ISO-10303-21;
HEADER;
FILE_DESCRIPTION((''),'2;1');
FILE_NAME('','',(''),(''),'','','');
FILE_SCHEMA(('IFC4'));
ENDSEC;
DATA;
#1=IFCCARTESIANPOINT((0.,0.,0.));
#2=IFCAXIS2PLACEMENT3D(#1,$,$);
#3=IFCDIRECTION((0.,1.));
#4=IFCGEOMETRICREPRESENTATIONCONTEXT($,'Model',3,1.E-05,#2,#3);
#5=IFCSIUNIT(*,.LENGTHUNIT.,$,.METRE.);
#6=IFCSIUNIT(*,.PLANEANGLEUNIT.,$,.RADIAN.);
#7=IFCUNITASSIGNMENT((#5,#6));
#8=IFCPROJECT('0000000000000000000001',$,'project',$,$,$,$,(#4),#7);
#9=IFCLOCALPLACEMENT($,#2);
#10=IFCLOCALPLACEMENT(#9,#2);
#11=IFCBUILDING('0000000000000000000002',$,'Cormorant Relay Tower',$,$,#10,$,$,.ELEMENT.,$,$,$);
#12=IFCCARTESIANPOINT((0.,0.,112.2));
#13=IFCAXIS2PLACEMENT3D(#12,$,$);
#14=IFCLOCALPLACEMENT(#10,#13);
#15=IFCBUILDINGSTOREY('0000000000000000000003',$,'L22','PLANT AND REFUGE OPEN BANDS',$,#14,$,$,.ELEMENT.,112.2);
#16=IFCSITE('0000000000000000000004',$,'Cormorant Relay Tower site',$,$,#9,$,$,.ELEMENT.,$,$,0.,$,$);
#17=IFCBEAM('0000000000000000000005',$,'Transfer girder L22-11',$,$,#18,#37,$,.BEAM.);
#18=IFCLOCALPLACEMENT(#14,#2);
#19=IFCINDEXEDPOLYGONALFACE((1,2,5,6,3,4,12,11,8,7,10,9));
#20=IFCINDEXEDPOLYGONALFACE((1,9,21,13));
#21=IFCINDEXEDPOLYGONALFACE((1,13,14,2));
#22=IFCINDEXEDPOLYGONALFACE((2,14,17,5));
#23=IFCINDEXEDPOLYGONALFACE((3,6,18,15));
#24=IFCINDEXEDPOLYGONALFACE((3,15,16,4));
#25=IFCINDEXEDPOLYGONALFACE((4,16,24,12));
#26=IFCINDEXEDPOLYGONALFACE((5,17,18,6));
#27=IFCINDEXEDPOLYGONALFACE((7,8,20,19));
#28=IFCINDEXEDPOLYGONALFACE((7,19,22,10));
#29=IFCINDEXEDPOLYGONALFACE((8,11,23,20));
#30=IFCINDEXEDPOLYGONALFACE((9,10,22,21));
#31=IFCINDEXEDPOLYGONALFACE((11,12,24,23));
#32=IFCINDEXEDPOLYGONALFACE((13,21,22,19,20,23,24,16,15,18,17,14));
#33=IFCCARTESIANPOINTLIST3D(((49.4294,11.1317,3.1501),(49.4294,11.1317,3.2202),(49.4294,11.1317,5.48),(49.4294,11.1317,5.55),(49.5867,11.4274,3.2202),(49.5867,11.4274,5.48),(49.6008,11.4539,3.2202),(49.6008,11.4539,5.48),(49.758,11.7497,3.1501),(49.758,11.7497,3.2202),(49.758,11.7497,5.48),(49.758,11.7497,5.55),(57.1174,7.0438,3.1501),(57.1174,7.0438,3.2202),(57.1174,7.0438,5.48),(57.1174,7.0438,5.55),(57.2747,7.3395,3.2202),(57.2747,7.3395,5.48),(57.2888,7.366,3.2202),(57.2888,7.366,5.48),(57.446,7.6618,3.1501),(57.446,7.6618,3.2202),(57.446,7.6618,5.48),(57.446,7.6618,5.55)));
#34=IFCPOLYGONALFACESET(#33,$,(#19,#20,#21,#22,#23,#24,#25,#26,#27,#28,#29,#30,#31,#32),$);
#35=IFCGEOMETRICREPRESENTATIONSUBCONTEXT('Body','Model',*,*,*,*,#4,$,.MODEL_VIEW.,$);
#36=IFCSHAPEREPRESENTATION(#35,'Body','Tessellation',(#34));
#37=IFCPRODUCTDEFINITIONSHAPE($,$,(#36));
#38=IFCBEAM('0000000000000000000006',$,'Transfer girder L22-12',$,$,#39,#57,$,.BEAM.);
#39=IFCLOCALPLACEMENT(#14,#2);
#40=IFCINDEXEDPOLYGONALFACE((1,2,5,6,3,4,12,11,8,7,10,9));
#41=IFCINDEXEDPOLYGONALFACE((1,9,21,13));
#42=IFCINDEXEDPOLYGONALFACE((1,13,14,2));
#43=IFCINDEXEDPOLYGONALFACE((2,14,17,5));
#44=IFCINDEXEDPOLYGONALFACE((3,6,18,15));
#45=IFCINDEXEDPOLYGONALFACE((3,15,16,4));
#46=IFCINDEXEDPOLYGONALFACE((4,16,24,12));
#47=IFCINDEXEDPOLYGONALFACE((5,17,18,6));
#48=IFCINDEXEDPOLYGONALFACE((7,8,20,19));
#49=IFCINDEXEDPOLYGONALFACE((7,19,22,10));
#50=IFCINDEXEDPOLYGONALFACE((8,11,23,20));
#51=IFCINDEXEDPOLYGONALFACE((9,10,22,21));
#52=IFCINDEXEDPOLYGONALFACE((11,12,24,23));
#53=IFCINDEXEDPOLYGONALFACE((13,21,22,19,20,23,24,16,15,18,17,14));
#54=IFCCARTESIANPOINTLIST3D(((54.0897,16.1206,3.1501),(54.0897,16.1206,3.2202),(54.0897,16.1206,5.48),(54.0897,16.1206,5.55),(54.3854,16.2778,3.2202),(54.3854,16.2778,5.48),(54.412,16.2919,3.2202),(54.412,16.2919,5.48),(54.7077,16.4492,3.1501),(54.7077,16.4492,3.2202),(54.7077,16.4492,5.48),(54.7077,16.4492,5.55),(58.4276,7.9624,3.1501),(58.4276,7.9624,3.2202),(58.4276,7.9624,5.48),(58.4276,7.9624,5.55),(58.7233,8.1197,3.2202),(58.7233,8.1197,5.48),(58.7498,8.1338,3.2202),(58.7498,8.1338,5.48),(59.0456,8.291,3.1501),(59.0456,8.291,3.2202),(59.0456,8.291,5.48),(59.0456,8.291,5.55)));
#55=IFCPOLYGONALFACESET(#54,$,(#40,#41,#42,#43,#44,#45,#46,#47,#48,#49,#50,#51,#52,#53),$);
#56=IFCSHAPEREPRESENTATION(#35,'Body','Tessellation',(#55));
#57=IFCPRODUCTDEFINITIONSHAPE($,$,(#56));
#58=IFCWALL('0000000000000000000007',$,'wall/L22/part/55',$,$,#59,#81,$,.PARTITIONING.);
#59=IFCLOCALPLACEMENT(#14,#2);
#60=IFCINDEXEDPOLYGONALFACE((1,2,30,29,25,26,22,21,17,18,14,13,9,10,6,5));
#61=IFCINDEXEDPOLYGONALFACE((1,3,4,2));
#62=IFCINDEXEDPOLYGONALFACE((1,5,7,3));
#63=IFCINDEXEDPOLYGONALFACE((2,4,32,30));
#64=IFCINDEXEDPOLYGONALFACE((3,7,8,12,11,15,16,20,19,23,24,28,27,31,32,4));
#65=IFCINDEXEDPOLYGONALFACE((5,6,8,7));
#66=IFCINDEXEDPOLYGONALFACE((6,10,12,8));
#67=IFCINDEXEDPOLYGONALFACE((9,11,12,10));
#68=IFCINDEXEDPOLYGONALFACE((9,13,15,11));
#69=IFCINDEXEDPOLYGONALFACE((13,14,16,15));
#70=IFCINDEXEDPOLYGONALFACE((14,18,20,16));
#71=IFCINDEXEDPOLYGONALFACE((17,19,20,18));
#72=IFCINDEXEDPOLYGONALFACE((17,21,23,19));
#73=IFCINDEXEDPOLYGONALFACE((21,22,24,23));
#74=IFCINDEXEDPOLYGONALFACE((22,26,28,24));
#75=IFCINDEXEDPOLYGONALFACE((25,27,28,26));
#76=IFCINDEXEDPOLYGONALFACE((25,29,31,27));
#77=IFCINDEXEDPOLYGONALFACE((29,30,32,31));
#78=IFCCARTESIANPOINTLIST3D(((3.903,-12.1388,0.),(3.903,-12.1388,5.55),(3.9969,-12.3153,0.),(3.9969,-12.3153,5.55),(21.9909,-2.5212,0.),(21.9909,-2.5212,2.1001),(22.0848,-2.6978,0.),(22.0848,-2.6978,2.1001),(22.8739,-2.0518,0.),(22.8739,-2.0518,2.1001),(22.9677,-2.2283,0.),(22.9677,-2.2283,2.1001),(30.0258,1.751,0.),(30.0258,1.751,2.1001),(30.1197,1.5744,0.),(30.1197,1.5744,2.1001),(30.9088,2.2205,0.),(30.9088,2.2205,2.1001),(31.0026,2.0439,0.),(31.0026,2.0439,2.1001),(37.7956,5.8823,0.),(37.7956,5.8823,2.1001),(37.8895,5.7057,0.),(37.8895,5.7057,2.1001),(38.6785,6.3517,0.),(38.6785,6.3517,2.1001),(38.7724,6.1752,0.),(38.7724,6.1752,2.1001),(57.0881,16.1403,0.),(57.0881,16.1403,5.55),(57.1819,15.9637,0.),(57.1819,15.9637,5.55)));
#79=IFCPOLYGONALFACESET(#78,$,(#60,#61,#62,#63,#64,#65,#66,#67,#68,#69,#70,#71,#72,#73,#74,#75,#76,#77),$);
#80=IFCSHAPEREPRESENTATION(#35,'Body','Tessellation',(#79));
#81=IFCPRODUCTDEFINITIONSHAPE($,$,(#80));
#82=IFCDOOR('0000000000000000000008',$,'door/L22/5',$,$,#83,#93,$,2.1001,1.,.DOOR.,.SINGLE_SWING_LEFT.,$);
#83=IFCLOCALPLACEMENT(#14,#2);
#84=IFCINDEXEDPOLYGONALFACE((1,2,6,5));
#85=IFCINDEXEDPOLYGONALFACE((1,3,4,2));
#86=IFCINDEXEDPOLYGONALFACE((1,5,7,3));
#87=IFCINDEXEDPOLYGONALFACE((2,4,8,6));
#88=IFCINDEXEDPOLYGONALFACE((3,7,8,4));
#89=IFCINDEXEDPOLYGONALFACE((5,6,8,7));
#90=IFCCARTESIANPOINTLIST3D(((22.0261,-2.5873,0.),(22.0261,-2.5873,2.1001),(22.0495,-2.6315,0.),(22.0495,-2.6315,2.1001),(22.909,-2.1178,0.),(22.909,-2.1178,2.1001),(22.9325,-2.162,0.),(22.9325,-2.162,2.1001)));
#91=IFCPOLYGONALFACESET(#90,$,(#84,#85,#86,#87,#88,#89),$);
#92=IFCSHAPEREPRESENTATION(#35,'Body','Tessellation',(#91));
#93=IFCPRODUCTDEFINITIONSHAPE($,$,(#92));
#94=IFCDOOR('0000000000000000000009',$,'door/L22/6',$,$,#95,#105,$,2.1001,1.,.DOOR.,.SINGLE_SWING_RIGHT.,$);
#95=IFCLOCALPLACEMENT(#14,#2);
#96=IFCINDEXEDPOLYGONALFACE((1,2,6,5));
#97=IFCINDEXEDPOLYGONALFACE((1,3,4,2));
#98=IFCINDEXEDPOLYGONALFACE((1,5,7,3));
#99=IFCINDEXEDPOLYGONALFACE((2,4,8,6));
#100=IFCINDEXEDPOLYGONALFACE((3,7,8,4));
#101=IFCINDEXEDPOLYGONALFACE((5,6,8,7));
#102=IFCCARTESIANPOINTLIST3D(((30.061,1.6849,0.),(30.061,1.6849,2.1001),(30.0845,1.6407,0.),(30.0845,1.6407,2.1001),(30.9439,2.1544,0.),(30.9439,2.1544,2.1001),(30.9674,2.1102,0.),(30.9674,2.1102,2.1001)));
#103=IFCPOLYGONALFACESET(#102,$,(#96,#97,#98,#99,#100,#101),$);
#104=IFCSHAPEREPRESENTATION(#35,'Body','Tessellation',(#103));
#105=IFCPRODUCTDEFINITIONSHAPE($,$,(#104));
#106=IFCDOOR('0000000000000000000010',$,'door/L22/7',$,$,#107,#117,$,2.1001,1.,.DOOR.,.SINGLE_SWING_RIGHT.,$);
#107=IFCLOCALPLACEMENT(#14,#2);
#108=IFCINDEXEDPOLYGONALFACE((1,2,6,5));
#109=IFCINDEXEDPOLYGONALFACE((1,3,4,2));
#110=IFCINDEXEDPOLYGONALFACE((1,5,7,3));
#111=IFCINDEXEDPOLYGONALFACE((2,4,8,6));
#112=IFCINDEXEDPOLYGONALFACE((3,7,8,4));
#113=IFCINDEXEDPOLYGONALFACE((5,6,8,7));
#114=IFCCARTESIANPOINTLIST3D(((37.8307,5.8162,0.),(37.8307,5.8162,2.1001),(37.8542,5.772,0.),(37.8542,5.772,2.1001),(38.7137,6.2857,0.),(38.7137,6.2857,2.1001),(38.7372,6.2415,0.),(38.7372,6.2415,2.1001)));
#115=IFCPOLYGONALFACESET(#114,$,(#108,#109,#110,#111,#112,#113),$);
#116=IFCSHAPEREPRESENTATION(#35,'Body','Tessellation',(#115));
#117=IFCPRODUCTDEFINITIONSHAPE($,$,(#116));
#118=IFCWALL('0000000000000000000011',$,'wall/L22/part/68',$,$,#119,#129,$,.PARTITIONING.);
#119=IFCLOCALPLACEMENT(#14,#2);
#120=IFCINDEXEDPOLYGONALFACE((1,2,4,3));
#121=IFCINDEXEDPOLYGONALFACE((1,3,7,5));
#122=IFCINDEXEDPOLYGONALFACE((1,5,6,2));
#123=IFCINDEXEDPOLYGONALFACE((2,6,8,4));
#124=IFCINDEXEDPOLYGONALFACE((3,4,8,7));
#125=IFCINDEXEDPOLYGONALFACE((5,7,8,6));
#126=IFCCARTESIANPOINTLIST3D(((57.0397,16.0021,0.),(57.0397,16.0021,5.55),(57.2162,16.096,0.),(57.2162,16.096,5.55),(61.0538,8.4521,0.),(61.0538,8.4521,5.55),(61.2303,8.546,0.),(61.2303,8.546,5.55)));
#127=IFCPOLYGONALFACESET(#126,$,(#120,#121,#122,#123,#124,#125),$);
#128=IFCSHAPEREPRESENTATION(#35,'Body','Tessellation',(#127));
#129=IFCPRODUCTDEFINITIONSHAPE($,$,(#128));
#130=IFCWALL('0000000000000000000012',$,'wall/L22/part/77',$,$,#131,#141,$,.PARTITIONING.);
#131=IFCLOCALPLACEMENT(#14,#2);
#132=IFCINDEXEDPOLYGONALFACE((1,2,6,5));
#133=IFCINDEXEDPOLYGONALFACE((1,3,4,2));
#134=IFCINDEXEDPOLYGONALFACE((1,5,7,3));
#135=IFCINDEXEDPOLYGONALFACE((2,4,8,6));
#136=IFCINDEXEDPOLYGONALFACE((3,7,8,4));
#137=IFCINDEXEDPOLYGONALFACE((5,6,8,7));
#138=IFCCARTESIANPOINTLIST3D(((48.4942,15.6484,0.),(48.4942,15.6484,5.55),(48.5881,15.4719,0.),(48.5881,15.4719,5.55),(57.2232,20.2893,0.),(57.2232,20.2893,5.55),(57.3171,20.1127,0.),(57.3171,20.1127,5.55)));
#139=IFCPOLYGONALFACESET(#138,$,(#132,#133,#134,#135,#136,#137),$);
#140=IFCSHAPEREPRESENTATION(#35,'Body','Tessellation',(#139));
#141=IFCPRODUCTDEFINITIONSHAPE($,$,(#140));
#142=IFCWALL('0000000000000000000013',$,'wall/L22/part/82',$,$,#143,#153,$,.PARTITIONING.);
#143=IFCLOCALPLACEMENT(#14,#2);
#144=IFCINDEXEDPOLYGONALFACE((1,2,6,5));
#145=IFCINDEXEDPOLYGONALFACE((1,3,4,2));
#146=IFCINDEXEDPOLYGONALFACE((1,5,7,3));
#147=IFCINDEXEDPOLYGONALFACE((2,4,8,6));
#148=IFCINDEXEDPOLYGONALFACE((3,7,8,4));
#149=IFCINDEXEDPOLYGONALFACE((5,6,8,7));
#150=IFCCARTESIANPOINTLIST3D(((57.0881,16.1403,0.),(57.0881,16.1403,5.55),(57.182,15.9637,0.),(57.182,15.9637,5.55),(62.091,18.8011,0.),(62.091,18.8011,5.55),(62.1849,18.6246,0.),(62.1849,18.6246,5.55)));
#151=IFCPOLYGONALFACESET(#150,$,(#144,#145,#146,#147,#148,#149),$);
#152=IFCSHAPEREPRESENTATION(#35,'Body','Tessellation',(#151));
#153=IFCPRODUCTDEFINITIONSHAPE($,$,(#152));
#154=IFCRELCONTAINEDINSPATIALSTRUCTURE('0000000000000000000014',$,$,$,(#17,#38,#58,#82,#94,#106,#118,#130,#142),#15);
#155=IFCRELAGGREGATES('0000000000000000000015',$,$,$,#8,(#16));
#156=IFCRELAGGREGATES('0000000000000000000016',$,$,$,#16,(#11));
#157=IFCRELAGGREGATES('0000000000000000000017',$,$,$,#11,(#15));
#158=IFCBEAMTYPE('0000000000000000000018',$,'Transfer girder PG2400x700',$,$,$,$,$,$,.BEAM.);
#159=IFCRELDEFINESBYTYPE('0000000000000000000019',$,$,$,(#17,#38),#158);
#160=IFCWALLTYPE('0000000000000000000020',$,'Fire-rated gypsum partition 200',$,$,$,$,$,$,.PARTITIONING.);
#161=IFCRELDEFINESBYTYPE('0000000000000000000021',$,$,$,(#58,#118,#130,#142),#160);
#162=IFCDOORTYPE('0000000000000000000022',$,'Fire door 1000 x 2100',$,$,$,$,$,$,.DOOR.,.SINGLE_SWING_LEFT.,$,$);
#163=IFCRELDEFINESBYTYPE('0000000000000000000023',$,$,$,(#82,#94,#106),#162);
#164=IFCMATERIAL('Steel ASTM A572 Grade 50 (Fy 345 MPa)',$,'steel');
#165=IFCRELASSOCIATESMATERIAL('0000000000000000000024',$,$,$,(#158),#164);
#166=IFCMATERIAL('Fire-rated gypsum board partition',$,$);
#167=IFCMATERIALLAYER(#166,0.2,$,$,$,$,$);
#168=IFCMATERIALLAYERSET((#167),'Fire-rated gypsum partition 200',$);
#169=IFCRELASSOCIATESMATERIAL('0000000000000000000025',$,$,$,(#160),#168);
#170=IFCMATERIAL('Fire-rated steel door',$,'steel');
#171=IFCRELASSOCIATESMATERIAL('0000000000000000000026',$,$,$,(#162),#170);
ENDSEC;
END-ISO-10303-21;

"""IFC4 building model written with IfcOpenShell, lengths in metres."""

from ifc_helpers import new_model, si_unit, direction, frame, frame_2d, origin, origin_2d, place, context, subcontext, project, spatial, rectangle, i_section, extrude, material, layer, layer_set, material_profile, profile_set, type_object, element, fill, save


model = new_model("IFC4")

# Units and contexts
model_context = context("Model", 3, precision=1e-05, world=origin(), true_north=direction((0.0, 1.0)))
body_context = subcontext(model_context, "Body", "Model", "MODEL_VIEW")
ifc_project = project(units=[si_unit("LENGTHUNIT", "METRE"), si_unit("PLANEANGLEUNIT", "RADIAN")], contexts=[model_context])

# Site, building, storey
site_placement = place(None, origin())
site = spatial("IfcSite", under=ifc_project, at=site_placement, Name="Cormorant Relay Tower site", CompositionType="ELEMENT", RefElevation=0.0)
building_placement = place(site_placement, origin())
building = spatial("IfcBuilding", under=site, at=building_placement, Name="Cormorant Relay Tower", CompositionType="ELEMENT")
storey_placement = place(building_placement, frame((0.0, 0.0, 112.2)))
storey = spatial("IfcBuildingStorey", under=building, at=storey_placement, Name="L22", Description="PLANT AND REFUGE OPEN BANDS", CompositionType="ELEMENT", Elevation=112.2)

# Beams
ifc_material_1 = material(Name="Steel ASTM A572 Grade 50 (Fy 345 MPa)", Category="steel")
ifc_material_profile_1 = material_profile(ifc_material_1, i_section(OverallWidth=0.7, OverallDepth=2.3999, WebThickness=0.03, FlangeThickness=0.0701, at=origin_2d()), Name="PG2400x700")
ifc_profile_set_1 = profile_set([ifc_material_profile_1], Name="Steel ASTM A572 Grade 50 (Fy 345 MPa)")
beam_type = type_object("IfcBeamType", Name="Transfer girder PG2400x700", PredefinedType="BEAM", material=ifc_profile_set_1)
beam_1_placement = place(storey_placement, frame((57.2817, 7.3528, 4.3501), z_axis=(-0.882942, 0.469482, 0.0), x_axis=(-0.469482, -0.882942, 0.0)))
element("IfcBeam", 1, at=beam_1_placement, inside=storey, type_object=beam_type, Name="Transfer girder L22-11", PredefinedType="BEAM", context=body_context, shape_type="SweptSolid", body=[
    extrude(i_section(OverallWidth=0.7, OverallDepth=2.3999, WebThickness=0.03, FlangeThickness=0.0701, at=origin_2d()), origin(), (0.0, 0.0, 1.0), 8.7073),
])
beam_2_placement = place(storey_placement, frame((58.7366, 8.1267, 4.3501), z_axis=(-0.46948, 0.882943, 0.0), x_axis=(-0.882943, -0.46948, 0.0)))
element("IfcBeam", 2, at=beam_2_placement, inside=storey, type_object=beam_type, Name="Transfer girder L22-12", PredefinedType="BEAM", context=body_context, shape_type="SweptSolid", body=[
    extrude(i_section(OverallWidth=0.7, OverallDepth=2.3999, WebThickness=0.03, FlangeThickness=0.0701, at=origin_2d()), origin(), (0.0, 0.0, 1.0), 9.2397),
])

# Wall, openings, doors
ifc_material_2 = material(Name="Fire-rated gypsum board partition")
ifc_layer_1 = layer(ifc_material_2, 0.2)
ifc_layer_set_1 = layer_set([ifc_layer_1], Name="Fire-rated gypsum partition 200")
wall_type = type_object("IfcWallType", Name="Fire-rated gypsum partition 200", PredefinedType="PARTITIONING", material=ifc_layer_set_1)
wall_1_placement = place(storey_placement, frame((57.135, 16.052, 0.0), z_axis=(0.0, 0.0, 1.0), x_axis=(-0.882947, -0.469472, 0.0)))
wall_1 = element("IfcWall", 3, at=wall_1_placement, inside=storey, type_object=wall_type, Name="wall/L22/part/55", PredefinedType="PARTITIONING", context=body_context, shape_type="SweptSolid", body=[
    extrude(rectangle(XDim=60.2358, YDim=0.2, at=frame_2d((30.1179, 0.0))), origin(), (0.0, 0.0, 1.0), 5.55),
])
opening_1_placement = place(wall_1_placement, frame((38.75, 0.0, 0.0)))
opening_1 = element("IfcOpeningElement", 4, at=opening_1_placement, cuts=wall_1, PredefinedType="OPENING", context=body_context, shape_type="SweptSolid", body=[
    extrude(rectangle(XDim=1.0, YDim=2.1001, at=frame_2d((0.5, 1.05))), frame((0.0, 0.1099, 0.0), z_axis=(0.0, -1.0, 0.0), x_axis=(1.0, 0.0, 0.0)), (0.0, 0.0, 1.0), 0.22),
])
opening_2_placement = place(wall_1_placement, frame((29.6499, 0.0, 0.0)))
opening_2 = element("IfcOpeningElement", 5, at=opening_2_placement, cuts=wall_1, PredefinedType="OPENING", context=body_context, shape_type="SweptSolid", body=[
    extrude(rectangle(XDim=1.0, YDim=2.1001, at=frame_2d((0.5, 1.05))), frame((0.0, 0.1099, 0.0), z_axis=(0.0, -1.0, 0.0), x_axis=(1.0, 0.0, 0.0)), (0.0, 0.0, 1.0), 0.22),
])
opening_3_placement = place(wall_1_placement, frame((20.8501, 0.0, 0.0)))
opening_3 = element("IfcOpeningElement", 6, at=opening_3_placement, cuts=wall_1, PredefinedType="OPENING", context=body_context, shape_type="SweptSolid", body=[
    extrude(rectangle(XDim=1.0, YDim=2.1001, at=frame_2d((0.5, 1.05))), frame((0.0, 0.1099, 0.0), z_axis=(0.0, -1.0, 0.0), x_axis=(1.0, 0.0, 0.0)), (0.0, 0.0, 1.0), 0.22),
])
ifc_material_3 = material(Name="Fire-rated steel door", Category="steel")
door_type = type_object("IfcDoorType", Name="Fire door 1000 x 2100", OperationType="SINGLE_SWING_LEFT", PredefinedType="DOOR", material=ifc_material_3)
door_1_placement = place(opening_1_placement, origin())
door_1 = element("IfcDoor", 7, at=door_1_placement, inside=storey, type_object=door_type, Name="door/L22/5", OperationType="SINGLE_SWING_LEFT", OverallHeight=2.1001, OverallWidth=1.0, PredefinedType="DOOR", context=body_context, shape_type="SweptSolid", body=[
    extrude(rectangle(XDim=1.0, YDim=2.1001, at=frame_2d((0.5, 1.05))), frame((0.0, 0.0249, 0.0), z_axis=(0.0, -1.0, 0.0), x_axis=(1.0, 0.0, 0.0)), (0.0, 0.0, 1.0), 0.05),
])
fill(opening_1, door_1)
door_2_placement = place(opening_2_placement, origin())
door_2 = element("IfcDoor", 8, at=door_2_placement, inside=storey, type_object=door_type, Name="door/L22/6", OperationType="SINGLE_SWING_RIGHT", OverallHeight=2.1001, OverallWidth=1.0, PredefinedType="DOOR", context=body_context, shape_type="SweptSolid", body=[
    extrude(rectangle(XDim=1.0, YDim=2.1001, at=frame_2d((0.5, 1.05))), frame((0.0, 0.0249, 0.0), z_axis=(0.0, -1.0, 0.0), x_axis=(1.0, 0.0, 0.0)), (0.0, 0.0, 1.0), 0.05),
])
fill(opening_2, door_2)
door_3_placement = place(opening_3_placement, origin())
door_3 = element("IfcDoor", 9, at=door_3_placement, inside=storey, type_object=door_type, Name="door/L22/7", OperationType="SINGLE_SWING_RIGHT", OverallHeight=2.1001, OverallWidth=1.0, PredefinedType="DOOR", context=body_context, shape_type="SweptSolid", body=[
    extrude(rectangle(XDim=1.0, YDim=2.1001, at=frame_2d((0.5, 1.05))), frame((0.0, 0.0249, 0.0), z_axis=(0.0, -1.0, 0.0), x_axis=(1.0, 0.0, 0.0)), (0.0, 0.0, 1.0), 0.05),
])
fill(opening_3, door_3)

# Walls
wall_2_placement = place(storey_placement, frame((57.1279, 16.0491, 0.0), z_axis=(0.0, 0.0, 1.0), x_axis=(0.469447, -0.882961, 0.0)))
element("IfcWall", 10, at=wall_2_placement, inside=storey, type_object=wall_type, Name="wall/L22/part/68", PredefinedType="PARTITIONING", context=body_context, shape_type="SweptSolid", body=[
    extrude(rectangle(XDim=8.5508, YDim=0.2, at=frame_2d((4.2754, 0.0))), origin(), (0.0, 0.0, 1.0), 5.55),
])
wall_3_placement = place(storey_placement, frame((57.27, 20.2009, 0.0), z_axis=(0.0, 0.0, 1.0), x_axis=(-0.882965, -0.469438, 0.0)))
element("IfcWall", 11, at=wall_3_placement, inside=storey, type_object=wall_type, Name="wall/L22/part/77", PredefinedType="PARTITIONING", context=body_context, shape_type="SweptSolid", body=[
    extrude(rectangle(XDim=9.886, YDim=0.2, at=frame_2d((4.9429, 0.0))), origin(), (0.0, 0.0, 1.0), 5.55),
])
wall_4_placement = place(storey_placement, frame((57.135, 16.052, 0.0), z_axis=(0.0, 0.0, 1.0), x_axis=(0.88289, 0.469579, 0.0)))
element("IfcWall", 12, at=wall_4_placement, inside=storey, type_object=wall_type, Name="wall/L22/part/82", PredefinedType="PARTITIONING", context=body_context, shape_type="SweptSolid", body=[
    extrude(rectangle(XDim=5.6665, YDim=0.2, at=frame_2d((2.8333, 0.0))), origin(), (0.0, 0.0, 1.0), 5.55),
])

save(model, "model.ifc")
